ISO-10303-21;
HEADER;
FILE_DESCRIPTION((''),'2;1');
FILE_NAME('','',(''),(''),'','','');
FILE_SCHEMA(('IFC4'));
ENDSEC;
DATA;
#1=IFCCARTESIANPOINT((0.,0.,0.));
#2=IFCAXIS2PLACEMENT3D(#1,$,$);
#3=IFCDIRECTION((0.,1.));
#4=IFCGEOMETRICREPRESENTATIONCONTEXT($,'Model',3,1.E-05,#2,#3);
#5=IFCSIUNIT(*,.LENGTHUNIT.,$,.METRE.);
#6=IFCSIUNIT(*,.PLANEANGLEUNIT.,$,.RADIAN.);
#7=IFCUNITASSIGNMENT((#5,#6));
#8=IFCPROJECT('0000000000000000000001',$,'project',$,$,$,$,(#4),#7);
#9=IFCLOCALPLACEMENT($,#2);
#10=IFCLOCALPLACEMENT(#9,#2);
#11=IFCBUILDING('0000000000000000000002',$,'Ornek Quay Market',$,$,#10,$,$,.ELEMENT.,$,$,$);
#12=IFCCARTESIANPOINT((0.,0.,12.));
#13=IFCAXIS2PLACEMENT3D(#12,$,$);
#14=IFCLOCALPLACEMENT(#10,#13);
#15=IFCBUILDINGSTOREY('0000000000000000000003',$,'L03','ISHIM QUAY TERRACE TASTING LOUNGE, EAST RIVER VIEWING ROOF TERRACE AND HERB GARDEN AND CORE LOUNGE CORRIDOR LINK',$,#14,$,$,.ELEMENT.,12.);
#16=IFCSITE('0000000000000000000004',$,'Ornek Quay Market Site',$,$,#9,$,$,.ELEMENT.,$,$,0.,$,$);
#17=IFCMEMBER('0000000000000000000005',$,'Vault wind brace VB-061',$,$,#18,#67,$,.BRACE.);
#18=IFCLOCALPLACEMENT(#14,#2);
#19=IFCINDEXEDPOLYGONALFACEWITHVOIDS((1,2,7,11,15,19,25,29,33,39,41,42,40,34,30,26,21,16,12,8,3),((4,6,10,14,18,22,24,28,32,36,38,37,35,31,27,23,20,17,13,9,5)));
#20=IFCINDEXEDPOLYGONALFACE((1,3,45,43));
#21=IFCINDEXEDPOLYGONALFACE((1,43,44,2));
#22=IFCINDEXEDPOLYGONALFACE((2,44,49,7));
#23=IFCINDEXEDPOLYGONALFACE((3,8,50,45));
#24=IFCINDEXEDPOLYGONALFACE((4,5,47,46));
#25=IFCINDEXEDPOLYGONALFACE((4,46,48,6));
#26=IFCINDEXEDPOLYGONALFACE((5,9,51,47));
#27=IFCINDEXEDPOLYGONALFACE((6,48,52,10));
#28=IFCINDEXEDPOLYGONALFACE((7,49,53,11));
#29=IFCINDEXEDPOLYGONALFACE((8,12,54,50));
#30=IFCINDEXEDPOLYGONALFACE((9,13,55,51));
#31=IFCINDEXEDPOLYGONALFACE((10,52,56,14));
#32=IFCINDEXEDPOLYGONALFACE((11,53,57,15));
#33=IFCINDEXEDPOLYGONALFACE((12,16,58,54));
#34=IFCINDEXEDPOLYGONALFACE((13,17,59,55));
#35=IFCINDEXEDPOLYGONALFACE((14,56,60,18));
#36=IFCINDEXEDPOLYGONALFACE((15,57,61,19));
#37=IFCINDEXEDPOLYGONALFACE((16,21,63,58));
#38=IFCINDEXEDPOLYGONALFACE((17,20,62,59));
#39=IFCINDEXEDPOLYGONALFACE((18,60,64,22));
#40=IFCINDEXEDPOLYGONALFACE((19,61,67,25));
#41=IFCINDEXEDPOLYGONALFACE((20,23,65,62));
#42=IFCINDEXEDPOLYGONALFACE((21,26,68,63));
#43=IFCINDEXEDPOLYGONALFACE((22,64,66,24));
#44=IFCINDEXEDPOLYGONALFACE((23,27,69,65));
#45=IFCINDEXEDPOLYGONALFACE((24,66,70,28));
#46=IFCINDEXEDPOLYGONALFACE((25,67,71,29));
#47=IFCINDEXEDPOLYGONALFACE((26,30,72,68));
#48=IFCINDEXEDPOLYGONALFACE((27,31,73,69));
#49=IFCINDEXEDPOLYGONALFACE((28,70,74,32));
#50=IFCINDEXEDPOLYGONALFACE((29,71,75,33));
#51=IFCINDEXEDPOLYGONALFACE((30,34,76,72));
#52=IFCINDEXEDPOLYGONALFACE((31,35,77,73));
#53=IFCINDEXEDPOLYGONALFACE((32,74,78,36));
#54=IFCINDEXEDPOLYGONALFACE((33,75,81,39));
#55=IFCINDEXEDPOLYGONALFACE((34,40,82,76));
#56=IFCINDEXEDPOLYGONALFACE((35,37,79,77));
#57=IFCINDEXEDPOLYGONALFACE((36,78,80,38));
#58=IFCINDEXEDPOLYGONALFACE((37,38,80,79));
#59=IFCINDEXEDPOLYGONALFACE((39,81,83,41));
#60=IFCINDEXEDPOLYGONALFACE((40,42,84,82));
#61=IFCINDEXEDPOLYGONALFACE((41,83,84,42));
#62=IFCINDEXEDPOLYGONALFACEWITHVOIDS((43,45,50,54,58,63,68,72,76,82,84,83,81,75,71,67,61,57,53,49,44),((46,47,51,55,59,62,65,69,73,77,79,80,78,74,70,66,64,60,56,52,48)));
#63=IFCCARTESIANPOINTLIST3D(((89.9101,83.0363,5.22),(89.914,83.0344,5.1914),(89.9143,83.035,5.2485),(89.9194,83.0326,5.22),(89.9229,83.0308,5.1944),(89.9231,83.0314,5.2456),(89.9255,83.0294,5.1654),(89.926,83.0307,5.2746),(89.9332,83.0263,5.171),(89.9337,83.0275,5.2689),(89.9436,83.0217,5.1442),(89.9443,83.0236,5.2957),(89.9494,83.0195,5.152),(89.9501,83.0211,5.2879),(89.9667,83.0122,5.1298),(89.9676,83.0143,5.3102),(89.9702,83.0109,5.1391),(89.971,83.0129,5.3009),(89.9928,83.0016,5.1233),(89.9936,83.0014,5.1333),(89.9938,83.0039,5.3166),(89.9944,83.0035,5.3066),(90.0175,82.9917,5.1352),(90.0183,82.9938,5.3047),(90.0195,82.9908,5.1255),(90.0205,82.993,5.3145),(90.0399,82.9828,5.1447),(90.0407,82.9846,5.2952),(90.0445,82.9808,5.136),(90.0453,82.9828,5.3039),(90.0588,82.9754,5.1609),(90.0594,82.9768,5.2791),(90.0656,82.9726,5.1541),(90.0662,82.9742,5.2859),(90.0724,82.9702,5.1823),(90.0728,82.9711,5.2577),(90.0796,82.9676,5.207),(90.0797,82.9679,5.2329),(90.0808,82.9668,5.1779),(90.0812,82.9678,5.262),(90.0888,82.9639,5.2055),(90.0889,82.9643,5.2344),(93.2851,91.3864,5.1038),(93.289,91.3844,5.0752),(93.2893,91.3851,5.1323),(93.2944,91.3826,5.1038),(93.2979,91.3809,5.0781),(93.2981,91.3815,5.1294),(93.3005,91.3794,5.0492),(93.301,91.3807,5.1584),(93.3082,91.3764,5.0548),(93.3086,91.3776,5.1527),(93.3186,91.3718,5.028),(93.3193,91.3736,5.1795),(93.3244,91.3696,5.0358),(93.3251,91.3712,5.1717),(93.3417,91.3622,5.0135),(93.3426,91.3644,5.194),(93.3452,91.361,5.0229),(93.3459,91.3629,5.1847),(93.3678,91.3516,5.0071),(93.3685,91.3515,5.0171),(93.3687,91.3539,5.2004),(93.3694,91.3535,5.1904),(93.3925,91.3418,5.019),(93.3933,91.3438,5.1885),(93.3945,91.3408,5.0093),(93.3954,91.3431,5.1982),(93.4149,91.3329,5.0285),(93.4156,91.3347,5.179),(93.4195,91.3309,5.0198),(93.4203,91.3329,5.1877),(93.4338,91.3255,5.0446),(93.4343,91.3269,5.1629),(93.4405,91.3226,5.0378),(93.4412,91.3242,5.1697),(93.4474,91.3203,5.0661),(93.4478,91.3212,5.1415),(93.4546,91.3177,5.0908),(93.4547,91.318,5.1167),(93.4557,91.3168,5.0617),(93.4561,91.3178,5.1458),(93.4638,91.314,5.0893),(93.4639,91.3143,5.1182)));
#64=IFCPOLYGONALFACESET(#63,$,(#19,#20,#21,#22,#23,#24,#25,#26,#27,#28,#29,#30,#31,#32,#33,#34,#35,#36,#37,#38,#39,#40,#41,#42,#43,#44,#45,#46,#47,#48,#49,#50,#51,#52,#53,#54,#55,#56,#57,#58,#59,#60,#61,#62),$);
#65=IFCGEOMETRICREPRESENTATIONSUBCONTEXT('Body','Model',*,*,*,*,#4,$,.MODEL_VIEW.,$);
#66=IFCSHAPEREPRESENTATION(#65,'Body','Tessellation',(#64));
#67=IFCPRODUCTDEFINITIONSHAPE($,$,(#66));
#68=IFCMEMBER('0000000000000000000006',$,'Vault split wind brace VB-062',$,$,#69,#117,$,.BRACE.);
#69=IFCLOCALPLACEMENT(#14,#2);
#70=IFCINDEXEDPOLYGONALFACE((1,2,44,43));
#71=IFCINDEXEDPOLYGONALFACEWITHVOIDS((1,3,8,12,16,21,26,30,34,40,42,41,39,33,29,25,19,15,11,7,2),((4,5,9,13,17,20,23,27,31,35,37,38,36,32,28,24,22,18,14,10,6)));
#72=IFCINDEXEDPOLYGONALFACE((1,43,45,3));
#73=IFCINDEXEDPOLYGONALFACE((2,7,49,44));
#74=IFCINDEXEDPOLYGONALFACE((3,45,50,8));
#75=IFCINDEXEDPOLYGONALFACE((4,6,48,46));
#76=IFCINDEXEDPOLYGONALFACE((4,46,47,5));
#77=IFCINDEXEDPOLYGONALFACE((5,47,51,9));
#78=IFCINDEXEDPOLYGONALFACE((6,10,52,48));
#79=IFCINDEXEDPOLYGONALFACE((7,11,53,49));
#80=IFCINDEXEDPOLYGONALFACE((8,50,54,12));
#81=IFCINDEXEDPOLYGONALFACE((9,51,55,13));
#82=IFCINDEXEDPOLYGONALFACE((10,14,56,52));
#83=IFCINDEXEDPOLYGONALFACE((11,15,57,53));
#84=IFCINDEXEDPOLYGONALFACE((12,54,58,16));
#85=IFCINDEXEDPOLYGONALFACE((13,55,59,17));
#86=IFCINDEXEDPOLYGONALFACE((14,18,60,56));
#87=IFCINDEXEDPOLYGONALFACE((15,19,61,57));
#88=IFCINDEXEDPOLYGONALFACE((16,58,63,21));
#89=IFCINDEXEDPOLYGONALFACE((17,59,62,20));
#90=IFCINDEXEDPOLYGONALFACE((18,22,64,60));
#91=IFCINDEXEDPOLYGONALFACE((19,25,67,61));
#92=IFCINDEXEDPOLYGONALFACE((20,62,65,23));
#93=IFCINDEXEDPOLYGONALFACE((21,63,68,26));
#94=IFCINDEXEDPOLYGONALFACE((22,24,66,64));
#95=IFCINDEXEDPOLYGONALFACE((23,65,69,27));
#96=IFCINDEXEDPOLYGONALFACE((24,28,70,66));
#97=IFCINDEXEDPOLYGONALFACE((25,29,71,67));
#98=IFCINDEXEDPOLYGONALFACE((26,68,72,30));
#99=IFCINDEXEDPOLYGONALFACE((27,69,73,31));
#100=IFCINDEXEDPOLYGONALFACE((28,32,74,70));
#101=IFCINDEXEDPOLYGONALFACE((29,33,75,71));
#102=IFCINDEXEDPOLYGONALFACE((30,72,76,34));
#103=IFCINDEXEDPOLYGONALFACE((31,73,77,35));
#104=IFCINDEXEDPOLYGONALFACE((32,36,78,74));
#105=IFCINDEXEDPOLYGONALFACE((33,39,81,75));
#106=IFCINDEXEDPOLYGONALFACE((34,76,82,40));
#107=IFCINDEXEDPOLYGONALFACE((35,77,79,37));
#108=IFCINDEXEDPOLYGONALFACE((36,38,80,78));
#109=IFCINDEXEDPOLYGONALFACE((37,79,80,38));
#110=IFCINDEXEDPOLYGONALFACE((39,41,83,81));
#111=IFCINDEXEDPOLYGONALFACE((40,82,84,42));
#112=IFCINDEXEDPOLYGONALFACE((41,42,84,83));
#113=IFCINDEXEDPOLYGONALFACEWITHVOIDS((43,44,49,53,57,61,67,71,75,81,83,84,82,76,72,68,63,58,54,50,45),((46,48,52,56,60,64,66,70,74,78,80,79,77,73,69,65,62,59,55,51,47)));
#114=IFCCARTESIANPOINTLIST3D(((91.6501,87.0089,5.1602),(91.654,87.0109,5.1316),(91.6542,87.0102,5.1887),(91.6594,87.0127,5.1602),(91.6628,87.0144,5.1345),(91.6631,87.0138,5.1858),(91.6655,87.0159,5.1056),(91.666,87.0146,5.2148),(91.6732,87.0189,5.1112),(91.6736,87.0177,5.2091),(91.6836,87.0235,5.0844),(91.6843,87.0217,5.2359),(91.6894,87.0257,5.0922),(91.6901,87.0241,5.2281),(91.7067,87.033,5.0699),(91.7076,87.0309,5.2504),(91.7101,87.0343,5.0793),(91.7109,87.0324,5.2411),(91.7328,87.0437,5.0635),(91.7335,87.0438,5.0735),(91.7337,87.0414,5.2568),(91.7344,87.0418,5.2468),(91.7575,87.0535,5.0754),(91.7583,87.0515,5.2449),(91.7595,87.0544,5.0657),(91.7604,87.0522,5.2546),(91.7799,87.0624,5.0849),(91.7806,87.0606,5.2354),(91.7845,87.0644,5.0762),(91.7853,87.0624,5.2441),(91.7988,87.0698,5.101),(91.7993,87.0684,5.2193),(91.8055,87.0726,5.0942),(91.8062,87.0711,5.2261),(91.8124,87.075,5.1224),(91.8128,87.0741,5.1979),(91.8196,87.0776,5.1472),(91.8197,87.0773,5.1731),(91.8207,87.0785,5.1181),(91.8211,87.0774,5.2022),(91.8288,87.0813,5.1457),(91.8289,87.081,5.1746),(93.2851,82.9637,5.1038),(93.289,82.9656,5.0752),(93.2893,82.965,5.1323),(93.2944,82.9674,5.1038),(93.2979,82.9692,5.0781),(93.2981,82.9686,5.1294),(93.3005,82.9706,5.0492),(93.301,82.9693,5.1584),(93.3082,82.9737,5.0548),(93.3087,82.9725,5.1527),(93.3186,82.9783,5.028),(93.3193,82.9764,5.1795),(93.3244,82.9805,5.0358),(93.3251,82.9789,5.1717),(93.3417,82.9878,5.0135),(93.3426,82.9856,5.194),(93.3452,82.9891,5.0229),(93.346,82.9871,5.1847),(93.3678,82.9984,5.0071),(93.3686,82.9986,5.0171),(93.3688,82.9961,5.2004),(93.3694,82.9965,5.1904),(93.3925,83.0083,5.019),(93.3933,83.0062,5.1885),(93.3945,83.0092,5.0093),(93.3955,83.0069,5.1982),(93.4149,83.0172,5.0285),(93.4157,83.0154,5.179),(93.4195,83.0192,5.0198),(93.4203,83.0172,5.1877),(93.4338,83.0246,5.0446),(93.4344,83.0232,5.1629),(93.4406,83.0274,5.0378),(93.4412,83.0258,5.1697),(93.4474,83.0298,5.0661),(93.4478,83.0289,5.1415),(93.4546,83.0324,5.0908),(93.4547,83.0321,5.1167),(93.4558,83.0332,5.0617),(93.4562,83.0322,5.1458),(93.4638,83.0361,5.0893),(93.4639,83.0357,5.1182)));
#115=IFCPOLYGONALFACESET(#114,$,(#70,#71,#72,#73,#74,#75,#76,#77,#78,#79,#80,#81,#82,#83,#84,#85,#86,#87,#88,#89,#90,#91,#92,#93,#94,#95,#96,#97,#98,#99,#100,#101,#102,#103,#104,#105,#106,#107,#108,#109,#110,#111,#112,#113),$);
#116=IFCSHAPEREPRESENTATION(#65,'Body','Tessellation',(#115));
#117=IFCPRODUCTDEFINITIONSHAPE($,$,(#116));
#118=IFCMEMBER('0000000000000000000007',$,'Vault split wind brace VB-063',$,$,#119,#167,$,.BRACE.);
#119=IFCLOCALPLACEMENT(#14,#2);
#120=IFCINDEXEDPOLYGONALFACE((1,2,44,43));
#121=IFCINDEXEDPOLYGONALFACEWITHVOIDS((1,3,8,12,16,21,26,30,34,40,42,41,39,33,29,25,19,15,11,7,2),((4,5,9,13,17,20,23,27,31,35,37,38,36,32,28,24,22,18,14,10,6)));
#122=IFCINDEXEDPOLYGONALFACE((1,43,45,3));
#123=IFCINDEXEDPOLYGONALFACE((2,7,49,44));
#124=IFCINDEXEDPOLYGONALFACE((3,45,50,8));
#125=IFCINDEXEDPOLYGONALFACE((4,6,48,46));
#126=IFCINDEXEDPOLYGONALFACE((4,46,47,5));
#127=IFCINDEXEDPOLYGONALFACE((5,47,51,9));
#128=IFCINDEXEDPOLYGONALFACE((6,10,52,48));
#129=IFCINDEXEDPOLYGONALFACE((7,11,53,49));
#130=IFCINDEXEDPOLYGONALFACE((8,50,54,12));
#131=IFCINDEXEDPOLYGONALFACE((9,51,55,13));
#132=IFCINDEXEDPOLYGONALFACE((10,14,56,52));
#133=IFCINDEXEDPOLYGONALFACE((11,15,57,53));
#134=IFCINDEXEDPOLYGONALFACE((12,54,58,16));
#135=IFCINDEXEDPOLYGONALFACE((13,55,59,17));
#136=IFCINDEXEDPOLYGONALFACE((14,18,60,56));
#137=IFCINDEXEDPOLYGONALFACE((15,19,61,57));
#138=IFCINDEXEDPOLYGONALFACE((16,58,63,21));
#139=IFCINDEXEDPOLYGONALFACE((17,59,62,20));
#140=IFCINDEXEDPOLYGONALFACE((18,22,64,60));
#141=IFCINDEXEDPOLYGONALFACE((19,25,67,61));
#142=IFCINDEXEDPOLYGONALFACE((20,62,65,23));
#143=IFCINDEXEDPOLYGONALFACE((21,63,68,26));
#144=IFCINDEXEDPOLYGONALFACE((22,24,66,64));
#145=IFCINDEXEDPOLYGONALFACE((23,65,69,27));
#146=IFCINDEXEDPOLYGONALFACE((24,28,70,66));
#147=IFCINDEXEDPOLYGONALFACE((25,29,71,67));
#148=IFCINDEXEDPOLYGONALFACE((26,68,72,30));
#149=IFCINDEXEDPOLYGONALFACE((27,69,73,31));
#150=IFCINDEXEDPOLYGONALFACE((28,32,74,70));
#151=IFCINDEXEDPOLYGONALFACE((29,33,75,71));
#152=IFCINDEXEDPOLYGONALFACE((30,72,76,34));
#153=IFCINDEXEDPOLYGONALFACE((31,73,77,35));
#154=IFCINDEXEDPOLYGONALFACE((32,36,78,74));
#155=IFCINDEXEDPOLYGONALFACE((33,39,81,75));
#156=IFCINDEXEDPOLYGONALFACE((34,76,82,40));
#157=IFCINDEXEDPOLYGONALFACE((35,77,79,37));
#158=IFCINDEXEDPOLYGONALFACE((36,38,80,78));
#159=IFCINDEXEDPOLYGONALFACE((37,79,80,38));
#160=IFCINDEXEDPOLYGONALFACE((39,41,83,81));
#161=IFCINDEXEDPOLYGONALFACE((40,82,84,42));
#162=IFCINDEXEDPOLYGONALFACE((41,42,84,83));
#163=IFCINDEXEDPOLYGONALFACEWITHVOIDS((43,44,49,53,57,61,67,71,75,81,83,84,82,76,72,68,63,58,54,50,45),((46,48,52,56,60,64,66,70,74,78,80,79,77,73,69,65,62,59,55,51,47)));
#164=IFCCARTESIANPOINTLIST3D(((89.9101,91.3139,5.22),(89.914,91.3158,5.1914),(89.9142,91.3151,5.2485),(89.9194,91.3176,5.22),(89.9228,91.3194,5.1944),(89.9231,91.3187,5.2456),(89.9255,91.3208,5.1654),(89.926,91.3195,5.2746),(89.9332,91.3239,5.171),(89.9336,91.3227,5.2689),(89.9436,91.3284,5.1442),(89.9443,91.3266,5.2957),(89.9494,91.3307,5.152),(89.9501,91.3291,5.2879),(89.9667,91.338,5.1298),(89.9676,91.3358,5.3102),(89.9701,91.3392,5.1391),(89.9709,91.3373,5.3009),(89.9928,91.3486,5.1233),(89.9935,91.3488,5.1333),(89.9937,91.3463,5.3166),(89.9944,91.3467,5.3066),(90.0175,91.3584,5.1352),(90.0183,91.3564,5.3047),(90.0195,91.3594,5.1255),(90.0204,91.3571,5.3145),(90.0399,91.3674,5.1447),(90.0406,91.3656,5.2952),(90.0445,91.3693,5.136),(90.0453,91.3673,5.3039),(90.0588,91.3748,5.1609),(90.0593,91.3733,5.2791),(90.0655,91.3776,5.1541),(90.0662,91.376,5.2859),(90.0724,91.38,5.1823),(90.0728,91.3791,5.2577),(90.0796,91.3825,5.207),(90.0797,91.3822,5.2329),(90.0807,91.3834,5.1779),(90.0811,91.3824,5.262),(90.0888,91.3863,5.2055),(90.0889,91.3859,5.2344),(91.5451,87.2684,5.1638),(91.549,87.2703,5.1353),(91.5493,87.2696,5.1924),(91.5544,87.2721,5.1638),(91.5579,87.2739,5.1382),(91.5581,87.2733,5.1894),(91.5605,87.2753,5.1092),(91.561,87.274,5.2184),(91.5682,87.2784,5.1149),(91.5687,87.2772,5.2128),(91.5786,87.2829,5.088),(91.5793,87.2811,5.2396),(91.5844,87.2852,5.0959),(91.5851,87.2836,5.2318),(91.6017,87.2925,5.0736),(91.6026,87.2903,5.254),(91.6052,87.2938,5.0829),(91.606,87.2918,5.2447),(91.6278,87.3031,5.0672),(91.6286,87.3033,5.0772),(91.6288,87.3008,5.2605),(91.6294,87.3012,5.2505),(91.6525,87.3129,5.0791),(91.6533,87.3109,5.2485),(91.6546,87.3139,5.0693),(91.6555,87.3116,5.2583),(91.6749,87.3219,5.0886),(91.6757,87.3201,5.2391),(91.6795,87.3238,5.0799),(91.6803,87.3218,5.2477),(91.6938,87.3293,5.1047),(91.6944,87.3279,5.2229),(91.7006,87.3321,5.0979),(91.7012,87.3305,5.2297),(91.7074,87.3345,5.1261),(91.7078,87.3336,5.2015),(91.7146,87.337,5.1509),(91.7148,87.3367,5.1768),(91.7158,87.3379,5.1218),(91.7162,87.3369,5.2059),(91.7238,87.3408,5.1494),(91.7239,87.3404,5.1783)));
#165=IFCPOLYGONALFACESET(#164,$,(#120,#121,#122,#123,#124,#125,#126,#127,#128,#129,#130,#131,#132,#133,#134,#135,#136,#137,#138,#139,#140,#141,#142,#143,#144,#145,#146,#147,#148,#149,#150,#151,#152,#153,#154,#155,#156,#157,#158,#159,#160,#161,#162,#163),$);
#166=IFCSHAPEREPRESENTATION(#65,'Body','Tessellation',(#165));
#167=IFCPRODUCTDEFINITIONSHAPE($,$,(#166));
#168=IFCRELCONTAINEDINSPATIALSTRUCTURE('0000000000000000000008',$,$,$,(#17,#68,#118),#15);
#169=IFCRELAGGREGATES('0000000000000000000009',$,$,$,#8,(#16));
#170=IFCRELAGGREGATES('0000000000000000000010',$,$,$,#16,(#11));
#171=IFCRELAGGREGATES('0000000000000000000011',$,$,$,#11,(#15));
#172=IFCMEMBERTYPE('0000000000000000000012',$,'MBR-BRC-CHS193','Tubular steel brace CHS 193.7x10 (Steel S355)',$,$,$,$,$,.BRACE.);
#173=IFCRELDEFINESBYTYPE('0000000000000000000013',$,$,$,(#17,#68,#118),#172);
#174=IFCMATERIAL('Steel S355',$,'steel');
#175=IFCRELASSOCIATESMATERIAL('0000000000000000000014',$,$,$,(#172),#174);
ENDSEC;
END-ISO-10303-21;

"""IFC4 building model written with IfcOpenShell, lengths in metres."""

from ifc_helpers import new_model, si_unit, direction, frame, origin, origin_2d, place, context, subcontext, project, spatial, hollow_circle, extrude, material, material_profile, profile_set, type_object, element, save


model = new_model("IFC4")

# Units and contexts
model_context = context("Model", 3, precision=1e-05, world=origin(), true_north=direction((0.0, 1.0)))
body_context = subcontext(model_context, "Body", "Model", "MODEL_VIEW")
ifc_project = project(units=[si_unit("LENGTHUNIT", "METRE"), si_unit("PLANEANGLEUNIT", "RADIAN")], contexts=[model_context])

# Site, building, storey
site_placement = place(None, origin())
site = spatial("IfcSite", under=ifc_project, at=site_placement, Name="Ornek Quay Market Site", CompositionType="ELEMENT", RefElevation=0.0)
building_placement = place(site_placement, origin())
building = spatial("IfcBuilding", under=site, at=building_placement, Name="Ornek Quay Market", CompositionType="ELEMENT")
storey_placement = place(building_placement, frame((0.0, 0.0, 12.0)))
storey = spatial("IfcBuildingStorey", under=building, at=storey_placement, Name="L03", Description="ISHIM QUAY TERRACE TASTING LOUNGE, EAST RIVER VIEWING ROOF TERRACE AND HERB GARDEN AND CORE LOUNGE CORRIDOR LINK", CompositionType="ELEMENT", Elevation=12.0)

# Shared definitions
ifc_material_1 = material(Name="Steel S355", Category="steel")

# Members
ifc_material_profile_1 = material_profile(ifc_material_1, hollow_circle(Radius=0.0969, WallThickness=0.01, at=origin_2d()), Name="CHS 193.7x10", Category="steel")
ifc_profile_set_1 = profile_set([ifc_material_profile_1], Name="Steel S355")
member_type_1 = type_object("IfcMemberType", Name="MBR-BRC-CHS193", Description="Tubular steel brace CHS 193.7x10 (Steel S355)", PredefinedType="BRACE", material=ifc_profile_set_1)
member_1_placement = place(storey_placement, frame((90.0, 83.0, 5.22), z_axis=(0.374703, 0.927055, -0.012902), x_axis=(-0.927132, 0.374735, 0.0)))
element("IfcMember", 1, at=member_1_placement, inside=storey, type_object=member_type_1, Name="Vault wind brace VB-061", PredefinedType="BRACE", context=body_context, shape_type="SweptSolid", body=[
    extrude(hollow_circle(Radius=0.0969, WallThickness=0.01, at=origin_2d()), origin(), (0.0, 0.0, 1.0), 9.0071),
])
member_2_placement = place(storey_placement, frame((93.375, 83.0, 5.1038), z_axis=(-0.374705, 0.927054, 0.012925), x_axis=(-0.927132, -0.374736, 0.0)))
element("IfcMember", 2, at=member_2_placement, inside=storey, type_object=member_type_1, Name="Vault split wind brace VB-062", PredefinedType="BRACE", context=body_context, shape_type="SweptSolid", body=[
    extrude(hollow_circle(Radius=0.0969, WallThickness=0.01, at=origin_2d()), origin(), (0.0, 0.0, 1.0), 4.3635),
])
member_3_placement = place(storey_placement, frame((91.635, 87.3047, 5.1638), z_axis=(-0.374685, 0.927063, 0.012868), x_axis=(-0.927139, -0.374717, 0.0)))
element("IfcMember", 3, at=member_3_placement, inside=storey, type_object=member_type_1, Name="Vault split wind brace VB-063", PredefinedType="BRACE", context=body_context, shape_type="SweptSolid", body=[
    extrude(hollow_circle(Radius=0.0969, WallThickness=0.01, at=origin_2d()), origin(), (0.0, 0.0, 1.0), 4.3638),
])

save(model, "model.ifc")
